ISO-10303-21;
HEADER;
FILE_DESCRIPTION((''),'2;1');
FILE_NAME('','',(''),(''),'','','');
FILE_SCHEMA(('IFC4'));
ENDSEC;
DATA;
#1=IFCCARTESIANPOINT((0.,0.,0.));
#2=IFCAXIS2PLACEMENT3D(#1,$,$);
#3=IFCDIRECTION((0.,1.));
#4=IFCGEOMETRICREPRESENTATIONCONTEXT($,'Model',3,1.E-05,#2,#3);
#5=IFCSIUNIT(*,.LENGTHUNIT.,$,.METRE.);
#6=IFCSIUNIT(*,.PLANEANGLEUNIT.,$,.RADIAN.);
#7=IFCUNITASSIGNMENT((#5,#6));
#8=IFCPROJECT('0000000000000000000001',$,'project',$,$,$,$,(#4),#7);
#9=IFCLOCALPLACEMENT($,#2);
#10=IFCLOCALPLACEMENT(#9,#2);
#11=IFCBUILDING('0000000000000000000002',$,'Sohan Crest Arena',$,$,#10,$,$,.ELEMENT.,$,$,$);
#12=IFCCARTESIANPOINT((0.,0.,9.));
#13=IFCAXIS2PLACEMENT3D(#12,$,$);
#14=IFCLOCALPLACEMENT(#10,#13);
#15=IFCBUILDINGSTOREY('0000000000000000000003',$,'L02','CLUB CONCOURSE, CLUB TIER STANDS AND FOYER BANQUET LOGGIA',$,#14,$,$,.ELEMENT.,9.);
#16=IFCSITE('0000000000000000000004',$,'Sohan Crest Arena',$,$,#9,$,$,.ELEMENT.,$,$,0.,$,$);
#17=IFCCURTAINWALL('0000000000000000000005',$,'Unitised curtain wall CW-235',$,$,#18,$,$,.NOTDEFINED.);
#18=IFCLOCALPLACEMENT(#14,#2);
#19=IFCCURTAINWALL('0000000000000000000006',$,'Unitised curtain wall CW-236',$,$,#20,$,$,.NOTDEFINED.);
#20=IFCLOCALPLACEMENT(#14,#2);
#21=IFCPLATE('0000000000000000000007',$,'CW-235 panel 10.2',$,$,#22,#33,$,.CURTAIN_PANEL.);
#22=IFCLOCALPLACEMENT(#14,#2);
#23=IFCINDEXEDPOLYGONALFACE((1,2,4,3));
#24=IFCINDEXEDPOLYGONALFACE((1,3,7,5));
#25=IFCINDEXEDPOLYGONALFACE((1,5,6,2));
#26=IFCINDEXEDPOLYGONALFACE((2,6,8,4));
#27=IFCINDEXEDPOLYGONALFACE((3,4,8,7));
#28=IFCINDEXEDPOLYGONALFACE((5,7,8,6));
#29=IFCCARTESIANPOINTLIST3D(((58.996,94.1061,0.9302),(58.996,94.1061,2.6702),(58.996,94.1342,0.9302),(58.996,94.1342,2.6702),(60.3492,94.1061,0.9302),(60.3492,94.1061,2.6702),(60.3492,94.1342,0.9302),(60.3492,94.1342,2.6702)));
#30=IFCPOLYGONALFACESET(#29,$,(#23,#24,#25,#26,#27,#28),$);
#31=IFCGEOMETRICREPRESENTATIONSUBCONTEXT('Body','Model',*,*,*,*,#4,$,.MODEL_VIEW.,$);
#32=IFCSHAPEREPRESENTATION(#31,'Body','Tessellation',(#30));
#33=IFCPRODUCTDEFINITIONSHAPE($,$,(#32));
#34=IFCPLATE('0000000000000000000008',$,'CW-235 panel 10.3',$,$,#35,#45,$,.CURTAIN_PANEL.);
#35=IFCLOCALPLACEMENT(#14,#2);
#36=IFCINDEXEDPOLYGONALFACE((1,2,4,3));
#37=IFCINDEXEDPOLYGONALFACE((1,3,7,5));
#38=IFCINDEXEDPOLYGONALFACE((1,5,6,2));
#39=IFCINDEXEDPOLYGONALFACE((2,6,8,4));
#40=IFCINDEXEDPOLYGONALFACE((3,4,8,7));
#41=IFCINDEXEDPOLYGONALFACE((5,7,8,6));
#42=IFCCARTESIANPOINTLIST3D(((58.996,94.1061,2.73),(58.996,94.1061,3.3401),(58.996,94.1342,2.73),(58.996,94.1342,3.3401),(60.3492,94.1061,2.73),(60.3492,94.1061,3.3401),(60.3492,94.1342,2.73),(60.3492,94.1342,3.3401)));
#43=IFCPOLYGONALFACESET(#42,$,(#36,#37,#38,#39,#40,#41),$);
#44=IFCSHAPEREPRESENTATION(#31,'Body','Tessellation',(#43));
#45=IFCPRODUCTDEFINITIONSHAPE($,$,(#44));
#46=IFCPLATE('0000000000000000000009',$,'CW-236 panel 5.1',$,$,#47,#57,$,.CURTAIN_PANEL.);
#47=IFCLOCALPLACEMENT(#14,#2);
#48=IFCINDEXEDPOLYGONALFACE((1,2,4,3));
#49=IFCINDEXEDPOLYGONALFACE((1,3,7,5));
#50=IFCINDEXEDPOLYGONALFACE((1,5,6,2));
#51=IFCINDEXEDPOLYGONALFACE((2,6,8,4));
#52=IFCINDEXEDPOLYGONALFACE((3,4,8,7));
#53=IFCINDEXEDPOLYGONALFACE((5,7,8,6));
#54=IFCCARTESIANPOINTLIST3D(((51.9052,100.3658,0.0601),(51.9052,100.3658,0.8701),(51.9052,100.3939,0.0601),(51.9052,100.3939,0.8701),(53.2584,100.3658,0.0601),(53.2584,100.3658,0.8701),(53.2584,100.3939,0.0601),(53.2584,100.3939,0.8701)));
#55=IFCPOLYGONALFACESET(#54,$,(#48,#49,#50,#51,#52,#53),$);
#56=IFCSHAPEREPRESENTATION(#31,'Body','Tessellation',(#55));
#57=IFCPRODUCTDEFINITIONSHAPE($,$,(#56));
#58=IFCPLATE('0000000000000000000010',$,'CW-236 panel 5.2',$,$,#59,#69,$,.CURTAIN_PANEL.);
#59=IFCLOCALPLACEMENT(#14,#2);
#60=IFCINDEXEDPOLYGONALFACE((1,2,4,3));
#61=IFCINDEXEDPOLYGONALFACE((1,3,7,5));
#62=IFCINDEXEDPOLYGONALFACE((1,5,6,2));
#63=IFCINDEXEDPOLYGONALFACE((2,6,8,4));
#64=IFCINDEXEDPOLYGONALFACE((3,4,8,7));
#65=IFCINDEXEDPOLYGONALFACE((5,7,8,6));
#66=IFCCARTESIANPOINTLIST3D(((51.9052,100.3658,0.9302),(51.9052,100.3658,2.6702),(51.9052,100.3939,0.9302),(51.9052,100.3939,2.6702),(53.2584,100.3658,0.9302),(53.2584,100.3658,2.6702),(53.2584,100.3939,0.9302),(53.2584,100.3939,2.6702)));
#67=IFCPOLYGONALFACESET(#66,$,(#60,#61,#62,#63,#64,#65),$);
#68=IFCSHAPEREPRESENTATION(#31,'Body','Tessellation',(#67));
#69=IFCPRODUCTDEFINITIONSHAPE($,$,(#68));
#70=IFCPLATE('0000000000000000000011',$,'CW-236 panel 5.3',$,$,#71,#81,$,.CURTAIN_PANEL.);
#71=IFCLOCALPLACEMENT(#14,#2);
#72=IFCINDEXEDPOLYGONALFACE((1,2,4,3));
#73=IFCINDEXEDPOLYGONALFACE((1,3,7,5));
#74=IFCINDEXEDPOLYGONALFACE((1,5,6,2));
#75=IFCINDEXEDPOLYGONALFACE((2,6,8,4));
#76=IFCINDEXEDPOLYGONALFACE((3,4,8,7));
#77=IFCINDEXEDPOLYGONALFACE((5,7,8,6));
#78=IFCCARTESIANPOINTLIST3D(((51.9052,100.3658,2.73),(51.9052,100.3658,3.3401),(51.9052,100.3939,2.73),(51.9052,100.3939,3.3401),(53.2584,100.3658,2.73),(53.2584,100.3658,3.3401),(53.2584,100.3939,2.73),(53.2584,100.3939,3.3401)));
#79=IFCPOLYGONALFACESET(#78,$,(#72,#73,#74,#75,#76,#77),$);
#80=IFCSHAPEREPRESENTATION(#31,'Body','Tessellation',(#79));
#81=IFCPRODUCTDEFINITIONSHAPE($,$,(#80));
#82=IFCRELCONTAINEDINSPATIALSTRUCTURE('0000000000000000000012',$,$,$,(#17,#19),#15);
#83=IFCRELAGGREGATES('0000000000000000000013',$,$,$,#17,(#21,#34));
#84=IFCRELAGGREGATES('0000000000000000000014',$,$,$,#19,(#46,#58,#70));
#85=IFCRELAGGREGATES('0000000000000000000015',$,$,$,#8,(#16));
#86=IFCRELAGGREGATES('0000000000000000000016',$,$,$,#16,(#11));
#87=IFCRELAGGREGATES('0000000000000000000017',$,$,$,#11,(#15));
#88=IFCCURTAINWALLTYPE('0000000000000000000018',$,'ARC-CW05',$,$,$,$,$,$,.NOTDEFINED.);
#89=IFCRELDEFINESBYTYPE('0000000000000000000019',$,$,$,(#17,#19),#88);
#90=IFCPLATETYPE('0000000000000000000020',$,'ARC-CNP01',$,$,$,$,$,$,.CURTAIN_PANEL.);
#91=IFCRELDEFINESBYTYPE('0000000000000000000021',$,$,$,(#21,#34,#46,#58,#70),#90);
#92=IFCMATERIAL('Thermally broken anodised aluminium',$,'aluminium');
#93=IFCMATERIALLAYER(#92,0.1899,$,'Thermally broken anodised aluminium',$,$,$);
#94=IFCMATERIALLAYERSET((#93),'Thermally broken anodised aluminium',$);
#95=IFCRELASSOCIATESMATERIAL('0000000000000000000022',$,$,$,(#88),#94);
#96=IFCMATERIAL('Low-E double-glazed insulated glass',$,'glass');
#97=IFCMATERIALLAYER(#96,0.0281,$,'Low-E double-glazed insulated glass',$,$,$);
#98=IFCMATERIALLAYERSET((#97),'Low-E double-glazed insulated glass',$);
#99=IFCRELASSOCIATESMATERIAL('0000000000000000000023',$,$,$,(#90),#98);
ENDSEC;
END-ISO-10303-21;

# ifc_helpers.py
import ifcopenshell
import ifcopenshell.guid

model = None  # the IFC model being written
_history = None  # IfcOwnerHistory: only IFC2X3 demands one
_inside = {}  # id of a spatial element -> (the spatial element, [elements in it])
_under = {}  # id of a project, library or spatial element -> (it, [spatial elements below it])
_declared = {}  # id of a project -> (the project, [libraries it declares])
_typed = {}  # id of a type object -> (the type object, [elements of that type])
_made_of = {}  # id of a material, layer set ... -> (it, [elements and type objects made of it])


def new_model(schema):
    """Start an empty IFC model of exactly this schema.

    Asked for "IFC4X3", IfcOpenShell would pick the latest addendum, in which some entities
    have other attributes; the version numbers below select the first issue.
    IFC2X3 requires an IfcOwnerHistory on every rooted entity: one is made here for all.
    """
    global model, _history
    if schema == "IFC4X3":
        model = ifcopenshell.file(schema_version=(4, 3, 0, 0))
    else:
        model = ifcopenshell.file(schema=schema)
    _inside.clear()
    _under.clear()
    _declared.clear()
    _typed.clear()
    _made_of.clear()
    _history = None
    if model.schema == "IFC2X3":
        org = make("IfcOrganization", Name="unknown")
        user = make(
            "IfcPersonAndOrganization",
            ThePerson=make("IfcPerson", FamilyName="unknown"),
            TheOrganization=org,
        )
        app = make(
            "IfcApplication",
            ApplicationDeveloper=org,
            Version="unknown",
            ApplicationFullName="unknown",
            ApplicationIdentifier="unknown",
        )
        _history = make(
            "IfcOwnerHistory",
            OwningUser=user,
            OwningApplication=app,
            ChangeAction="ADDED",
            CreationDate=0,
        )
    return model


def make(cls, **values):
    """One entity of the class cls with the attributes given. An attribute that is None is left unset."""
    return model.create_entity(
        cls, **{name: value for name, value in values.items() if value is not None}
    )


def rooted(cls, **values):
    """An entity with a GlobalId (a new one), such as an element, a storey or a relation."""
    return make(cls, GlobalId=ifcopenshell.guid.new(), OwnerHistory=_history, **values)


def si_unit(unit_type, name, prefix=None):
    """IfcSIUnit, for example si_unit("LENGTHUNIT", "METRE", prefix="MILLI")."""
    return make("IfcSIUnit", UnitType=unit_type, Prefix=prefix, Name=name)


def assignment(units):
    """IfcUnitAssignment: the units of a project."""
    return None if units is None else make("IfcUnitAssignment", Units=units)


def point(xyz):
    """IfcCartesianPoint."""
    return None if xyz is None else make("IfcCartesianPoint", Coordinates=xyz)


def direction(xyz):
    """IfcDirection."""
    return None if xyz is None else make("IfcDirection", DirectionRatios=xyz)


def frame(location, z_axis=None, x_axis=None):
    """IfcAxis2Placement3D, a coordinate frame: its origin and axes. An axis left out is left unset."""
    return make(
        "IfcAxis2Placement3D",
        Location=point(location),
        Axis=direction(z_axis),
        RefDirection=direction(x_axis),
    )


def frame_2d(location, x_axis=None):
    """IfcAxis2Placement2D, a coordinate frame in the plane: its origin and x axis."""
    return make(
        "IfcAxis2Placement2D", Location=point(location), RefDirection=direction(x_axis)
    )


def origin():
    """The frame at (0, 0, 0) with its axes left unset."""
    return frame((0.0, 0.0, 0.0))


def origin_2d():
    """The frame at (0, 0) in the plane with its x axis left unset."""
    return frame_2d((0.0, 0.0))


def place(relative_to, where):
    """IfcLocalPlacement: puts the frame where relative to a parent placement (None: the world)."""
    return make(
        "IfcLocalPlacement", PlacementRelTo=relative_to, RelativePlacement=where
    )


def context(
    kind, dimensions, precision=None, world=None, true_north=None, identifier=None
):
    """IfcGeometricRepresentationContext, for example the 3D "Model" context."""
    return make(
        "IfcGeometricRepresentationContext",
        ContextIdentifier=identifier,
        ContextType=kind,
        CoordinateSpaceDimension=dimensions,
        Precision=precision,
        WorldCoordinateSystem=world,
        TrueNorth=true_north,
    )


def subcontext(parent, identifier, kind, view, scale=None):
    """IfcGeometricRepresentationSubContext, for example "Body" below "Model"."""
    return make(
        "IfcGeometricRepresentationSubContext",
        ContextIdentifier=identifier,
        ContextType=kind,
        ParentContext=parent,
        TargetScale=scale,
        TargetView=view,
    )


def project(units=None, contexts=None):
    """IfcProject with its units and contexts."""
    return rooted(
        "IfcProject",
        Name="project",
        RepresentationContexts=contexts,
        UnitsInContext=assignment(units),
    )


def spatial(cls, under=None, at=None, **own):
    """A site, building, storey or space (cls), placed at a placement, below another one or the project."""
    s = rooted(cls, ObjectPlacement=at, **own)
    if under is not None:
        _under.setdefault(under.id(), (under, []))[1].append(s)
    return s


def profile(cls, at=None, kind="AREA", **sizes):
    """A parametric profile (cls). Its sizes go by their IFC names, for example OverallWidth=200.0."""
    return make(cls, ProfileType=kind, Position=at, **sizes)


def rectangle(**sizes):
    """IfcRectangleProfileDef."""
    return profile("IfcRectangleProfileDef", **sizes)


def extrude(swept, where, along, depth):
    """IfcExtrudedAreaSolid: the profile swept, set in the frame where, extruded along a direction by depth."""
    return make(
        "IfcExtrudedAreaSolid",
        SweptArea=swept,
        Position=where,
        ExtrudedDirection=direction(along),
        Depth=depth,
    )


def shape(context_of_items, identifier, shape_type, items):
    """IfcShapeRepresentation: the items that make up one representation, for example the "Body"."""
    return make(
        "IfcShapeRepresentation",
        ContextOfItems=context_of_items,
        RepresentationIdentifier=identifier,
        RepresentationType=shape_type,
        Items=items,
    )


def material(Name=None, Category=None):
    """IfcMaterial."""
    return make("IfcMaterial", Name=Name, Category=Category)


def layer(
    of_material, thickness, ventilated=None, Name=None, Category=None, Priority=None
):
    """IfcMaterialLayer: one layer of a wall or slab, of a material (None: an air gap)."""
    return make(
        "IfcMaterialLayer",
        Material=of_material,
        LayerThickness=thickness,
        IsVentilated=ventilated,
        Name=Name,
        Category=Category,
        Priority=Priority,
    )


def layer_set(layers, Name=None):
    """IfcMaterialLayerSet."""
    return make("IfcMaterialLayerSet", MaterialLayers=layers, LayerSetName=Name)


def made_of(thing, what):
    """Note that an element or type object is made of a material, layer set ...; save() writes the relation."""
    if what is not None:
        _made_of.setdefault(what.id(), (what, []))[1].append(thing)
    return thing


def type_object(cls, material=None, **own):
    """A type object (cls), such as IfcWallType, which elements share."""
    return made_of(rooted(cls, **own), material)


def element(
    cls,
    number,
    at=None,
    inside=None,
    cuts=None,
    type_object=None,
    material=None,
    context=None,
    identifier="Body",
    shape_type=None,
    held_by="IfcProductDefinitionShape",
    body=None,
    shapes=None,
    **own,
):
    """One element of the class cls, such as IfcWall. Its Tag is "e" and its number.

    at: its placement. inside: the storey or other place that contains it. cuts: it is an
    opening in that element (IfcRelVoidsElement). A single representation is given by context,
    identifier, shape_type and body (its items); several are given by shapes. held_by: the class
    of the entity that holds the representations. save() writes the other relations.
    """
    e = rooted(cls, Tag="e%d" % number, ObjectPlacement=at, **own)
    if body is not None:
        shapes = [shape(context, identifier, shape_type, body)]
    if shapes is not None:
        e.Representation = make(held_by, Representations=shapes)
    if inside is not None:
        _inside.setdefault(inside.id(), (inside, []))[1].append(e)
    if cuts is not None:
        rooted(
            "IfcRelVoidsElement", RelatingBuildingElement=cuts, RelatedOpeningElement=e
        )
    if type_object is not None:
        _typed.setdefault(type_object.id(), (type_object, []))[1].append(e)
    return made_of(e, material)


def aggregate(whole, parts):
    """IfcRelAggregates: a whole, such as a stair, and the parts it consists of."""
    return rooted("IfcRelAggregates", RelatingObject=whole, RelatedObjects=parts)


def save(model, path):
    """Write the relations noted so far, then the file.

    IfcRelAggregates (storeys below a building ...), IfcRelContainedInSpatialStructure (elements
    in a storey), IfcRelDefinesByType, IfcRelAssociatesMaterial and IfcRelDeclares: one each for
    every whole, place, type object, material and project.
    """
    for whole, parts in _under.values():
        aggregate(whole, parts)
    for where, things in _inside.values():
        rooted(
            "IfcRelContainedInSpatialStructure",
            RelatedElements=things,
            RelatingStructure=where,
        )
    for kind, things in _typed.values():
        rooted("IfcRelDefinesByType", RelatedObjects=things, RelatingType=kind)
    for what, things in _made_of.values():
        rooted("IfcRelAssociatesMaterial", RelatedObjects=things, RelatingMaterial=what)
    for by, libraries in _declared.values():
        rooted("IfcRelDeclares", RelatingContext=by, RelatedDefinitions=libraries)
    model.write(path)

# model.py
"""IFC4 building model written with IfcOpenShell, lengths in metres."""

from ifc_helpers import new_model, si_unit, direction, frame, origin, origin_2d, place, context, subcontext, project, spatial, rectangle, extrude, material, layer, layer_set, type_object, element, aggregate, save


model = new_model("IFC4")

# Units and contexts
model_context = context("Model", 3, precision=1e-05, world=origin(), true_north=direction((0.0, 1.0)))
body_context = subcontext(model_context, "Body", "Model", "MODEL_VIEW")
ifc_project = project(units=[si_unit("LENGTHUNIT", "METRE"), si_unit("PLANEANGLEUNIT", "RADIAN")], contexts=[model_context])

# Site, building, storey
site_placement = place(None, origin())
site = spatial("IfcSite", under=ifc_project, at=site_placement, Name="Sohan Crest Arena", CompositionType="ELEMENT", RefElevation=0.0)
building_placement = place(site_placement, origin())
building = spatial("IfcBuilding", under=site, at=building_placement, Name="Sohan Crest Arena", CompositionType="ELEMENT")
storey_placement = place(building_placement, frame((0.0, 0.0, 9.0)))
storey = spatial("IfcBuildingStorey", under=building, at=storey_placement, Name="L02", Description="CLUB CONCOURSE, CLUB TIER STANDS AND FOYER BANQUET LOGGIA", CompositionType="ELEMENT", Elevation=9.0)

# Curtain wall
ifc_material_1 = material(Name="Thermally broken anodised aluminium", Category="aluminium")
ifc_layer_1 = layer(ifc_material_1, 0.1899, Name="Thermally broken anodised aluminium")
ifc_layer_set_1 = layer_set([ifc_layer_1], Name="Thermally broken anodised aluminium")
curtain_wall_type = type_object("IfcCurtainWallType", Name="ARC-CW05", PredefinedType="NOTDEFINED", material=ifc_layer_set_1)
curtain_wall_1_placement = place(storey_placement, origin())
curtain_wall_1 = element("IfcCurtainWall", 1, at=curtain_wall_1_placement, inside=storey, type_object=curtain_wall_type, Name="Unitised curtain wall CW-235", PredefinedType="NOTDEFINED")

# Curtain wall
curtain_wall_2_placement = place(storey_placement, origin())
curtain_wall_2 = element("IfcCurtainWall", 2, at=curtain_wall_2_placement, inside=storey, type_object=curtain_wall_type, Name="Unitised curtain wall CW-236", PredefinedType="NOTDEFINED")

# Plates
ifc_material_2 = material(Name="Low-E double-glazed insulated glass", Category="glass")
ifc_layer_2 = layer(ifc_material_2, 0.0281, Name="Low-E double-glazed insulated glass")
ifc_layer_set_2 = layer_set([ifc_layer_2], Name="Low-E double-glazed insulated glass")
plate_type = type_object("IfcPlateType", Name="ARC-CNP01", PredefinedType="CURTAIN_PANEL", material=ifc_layer_set_2)
plate_1_placement = place(storey_placement, frame((59.6726, 94.1201, 0.9302), z_axis=(0.0, 0.0, 1.0), x_axis=(1.0, 0.0, 0.0)))
plate_1 = element("IfcPlate", 3, at=plate_1_placement, type_object=plate_type, Name="CW-235 panel 10.2", PredefinedType="CURTAIN_PANEL", context=body_context, shape_type="SweptSolid", body=[
    extrude(rectangle(XDim=1.3533, YDim=0.0281, at=origin_2d()), origin(), (0.0, 0.0, 1.0), 1.74),
])
plate_2_placement = place(storey_placement, frame((59.6726, 94.1201, 2.73), z_axis=(0.0, 0.0, 1.0), x_axis=(1.0, 0.0, 0.0)))
plate_2 = element("IfcPlate", 4, at=plate_2_placement, type_object=plate_type, Name="CW-235 panel 10.3", PredefinedType="CURTAIN_PANEL", context=body_context, shape_type="SweptSolid", body=[
    extrude(rectangle(XDim=1.3533, YDim=0.0281, at=origin_2d()), origin(), (0.0, 0.0, 1.0), 0.6101),
])
aggregate(curtain_wall_1, [plate_1, plate_2])
plate_3_placement = place(storey_placement, frame((52.5818, 100.3799, 0.0601), z_axis=(0.0, 0.0, 1.0), x_axis=(1.0, 0.0, 0.0)))
plate_3 = element("IfcPlate", 5, at=plate_3_placement, type_object=plate_type, Name="CW-236 panel 5.1", PredefinedType="CURTAIN_PANEL", context=body_context, shape_type="SweptSolid", body=[
    extrude(rectangle(XDim=1.3533, YDim=0.0281, at=origin_2d()), origin(), (0.0, 0.0, 1.0), 0.8101),
])
plate_4_placement = place(storey_placement, frame((52.5818, 100.3799, 0.9302), z_axis=(0.0, 0.0, 1.0), x_axis=(1.0, 0.0, 0.0)))
plate_4 = element("IfcPlate", 6, at=plate_4_placement, type_object=plate_type, Name="CW-236 panel 5.2", PredefinedType="CURTAIN_PANEL", context=body_context, shape_type="SweptSolid", body=[
    extrude(rectangle(XDim=1.3533, YDim=0.0281, at=origin_2d()), origin(), (0.0, 0.0, 1.0), 1.74),
])
plate_5_placement = place(storey_placement, frame((52.5818, 100.3799, 2.73), z_axis=(0.0, 0.0, 1.0), x_axis=(1.0, 0.0, 0.0)))
plate_5 = element("IfcPlate", 7, at=plate_5_placement, type_object=plate_type, Name="CW-236 panel 5.3", PredefinedType="CURTAIN_PANEL", context=body_context, shape_type="SweptSolid", body=[
    extrude(rectangle(XDim=1.3533, YDim=0.0281, at=origin_2d()), origin(), (0.0, 0.0, 1.0), 0.6101),
])
aggregate(curtain_wall_2, [plate_3, plate_4, plate_5])

save(model, "model.ifc")
